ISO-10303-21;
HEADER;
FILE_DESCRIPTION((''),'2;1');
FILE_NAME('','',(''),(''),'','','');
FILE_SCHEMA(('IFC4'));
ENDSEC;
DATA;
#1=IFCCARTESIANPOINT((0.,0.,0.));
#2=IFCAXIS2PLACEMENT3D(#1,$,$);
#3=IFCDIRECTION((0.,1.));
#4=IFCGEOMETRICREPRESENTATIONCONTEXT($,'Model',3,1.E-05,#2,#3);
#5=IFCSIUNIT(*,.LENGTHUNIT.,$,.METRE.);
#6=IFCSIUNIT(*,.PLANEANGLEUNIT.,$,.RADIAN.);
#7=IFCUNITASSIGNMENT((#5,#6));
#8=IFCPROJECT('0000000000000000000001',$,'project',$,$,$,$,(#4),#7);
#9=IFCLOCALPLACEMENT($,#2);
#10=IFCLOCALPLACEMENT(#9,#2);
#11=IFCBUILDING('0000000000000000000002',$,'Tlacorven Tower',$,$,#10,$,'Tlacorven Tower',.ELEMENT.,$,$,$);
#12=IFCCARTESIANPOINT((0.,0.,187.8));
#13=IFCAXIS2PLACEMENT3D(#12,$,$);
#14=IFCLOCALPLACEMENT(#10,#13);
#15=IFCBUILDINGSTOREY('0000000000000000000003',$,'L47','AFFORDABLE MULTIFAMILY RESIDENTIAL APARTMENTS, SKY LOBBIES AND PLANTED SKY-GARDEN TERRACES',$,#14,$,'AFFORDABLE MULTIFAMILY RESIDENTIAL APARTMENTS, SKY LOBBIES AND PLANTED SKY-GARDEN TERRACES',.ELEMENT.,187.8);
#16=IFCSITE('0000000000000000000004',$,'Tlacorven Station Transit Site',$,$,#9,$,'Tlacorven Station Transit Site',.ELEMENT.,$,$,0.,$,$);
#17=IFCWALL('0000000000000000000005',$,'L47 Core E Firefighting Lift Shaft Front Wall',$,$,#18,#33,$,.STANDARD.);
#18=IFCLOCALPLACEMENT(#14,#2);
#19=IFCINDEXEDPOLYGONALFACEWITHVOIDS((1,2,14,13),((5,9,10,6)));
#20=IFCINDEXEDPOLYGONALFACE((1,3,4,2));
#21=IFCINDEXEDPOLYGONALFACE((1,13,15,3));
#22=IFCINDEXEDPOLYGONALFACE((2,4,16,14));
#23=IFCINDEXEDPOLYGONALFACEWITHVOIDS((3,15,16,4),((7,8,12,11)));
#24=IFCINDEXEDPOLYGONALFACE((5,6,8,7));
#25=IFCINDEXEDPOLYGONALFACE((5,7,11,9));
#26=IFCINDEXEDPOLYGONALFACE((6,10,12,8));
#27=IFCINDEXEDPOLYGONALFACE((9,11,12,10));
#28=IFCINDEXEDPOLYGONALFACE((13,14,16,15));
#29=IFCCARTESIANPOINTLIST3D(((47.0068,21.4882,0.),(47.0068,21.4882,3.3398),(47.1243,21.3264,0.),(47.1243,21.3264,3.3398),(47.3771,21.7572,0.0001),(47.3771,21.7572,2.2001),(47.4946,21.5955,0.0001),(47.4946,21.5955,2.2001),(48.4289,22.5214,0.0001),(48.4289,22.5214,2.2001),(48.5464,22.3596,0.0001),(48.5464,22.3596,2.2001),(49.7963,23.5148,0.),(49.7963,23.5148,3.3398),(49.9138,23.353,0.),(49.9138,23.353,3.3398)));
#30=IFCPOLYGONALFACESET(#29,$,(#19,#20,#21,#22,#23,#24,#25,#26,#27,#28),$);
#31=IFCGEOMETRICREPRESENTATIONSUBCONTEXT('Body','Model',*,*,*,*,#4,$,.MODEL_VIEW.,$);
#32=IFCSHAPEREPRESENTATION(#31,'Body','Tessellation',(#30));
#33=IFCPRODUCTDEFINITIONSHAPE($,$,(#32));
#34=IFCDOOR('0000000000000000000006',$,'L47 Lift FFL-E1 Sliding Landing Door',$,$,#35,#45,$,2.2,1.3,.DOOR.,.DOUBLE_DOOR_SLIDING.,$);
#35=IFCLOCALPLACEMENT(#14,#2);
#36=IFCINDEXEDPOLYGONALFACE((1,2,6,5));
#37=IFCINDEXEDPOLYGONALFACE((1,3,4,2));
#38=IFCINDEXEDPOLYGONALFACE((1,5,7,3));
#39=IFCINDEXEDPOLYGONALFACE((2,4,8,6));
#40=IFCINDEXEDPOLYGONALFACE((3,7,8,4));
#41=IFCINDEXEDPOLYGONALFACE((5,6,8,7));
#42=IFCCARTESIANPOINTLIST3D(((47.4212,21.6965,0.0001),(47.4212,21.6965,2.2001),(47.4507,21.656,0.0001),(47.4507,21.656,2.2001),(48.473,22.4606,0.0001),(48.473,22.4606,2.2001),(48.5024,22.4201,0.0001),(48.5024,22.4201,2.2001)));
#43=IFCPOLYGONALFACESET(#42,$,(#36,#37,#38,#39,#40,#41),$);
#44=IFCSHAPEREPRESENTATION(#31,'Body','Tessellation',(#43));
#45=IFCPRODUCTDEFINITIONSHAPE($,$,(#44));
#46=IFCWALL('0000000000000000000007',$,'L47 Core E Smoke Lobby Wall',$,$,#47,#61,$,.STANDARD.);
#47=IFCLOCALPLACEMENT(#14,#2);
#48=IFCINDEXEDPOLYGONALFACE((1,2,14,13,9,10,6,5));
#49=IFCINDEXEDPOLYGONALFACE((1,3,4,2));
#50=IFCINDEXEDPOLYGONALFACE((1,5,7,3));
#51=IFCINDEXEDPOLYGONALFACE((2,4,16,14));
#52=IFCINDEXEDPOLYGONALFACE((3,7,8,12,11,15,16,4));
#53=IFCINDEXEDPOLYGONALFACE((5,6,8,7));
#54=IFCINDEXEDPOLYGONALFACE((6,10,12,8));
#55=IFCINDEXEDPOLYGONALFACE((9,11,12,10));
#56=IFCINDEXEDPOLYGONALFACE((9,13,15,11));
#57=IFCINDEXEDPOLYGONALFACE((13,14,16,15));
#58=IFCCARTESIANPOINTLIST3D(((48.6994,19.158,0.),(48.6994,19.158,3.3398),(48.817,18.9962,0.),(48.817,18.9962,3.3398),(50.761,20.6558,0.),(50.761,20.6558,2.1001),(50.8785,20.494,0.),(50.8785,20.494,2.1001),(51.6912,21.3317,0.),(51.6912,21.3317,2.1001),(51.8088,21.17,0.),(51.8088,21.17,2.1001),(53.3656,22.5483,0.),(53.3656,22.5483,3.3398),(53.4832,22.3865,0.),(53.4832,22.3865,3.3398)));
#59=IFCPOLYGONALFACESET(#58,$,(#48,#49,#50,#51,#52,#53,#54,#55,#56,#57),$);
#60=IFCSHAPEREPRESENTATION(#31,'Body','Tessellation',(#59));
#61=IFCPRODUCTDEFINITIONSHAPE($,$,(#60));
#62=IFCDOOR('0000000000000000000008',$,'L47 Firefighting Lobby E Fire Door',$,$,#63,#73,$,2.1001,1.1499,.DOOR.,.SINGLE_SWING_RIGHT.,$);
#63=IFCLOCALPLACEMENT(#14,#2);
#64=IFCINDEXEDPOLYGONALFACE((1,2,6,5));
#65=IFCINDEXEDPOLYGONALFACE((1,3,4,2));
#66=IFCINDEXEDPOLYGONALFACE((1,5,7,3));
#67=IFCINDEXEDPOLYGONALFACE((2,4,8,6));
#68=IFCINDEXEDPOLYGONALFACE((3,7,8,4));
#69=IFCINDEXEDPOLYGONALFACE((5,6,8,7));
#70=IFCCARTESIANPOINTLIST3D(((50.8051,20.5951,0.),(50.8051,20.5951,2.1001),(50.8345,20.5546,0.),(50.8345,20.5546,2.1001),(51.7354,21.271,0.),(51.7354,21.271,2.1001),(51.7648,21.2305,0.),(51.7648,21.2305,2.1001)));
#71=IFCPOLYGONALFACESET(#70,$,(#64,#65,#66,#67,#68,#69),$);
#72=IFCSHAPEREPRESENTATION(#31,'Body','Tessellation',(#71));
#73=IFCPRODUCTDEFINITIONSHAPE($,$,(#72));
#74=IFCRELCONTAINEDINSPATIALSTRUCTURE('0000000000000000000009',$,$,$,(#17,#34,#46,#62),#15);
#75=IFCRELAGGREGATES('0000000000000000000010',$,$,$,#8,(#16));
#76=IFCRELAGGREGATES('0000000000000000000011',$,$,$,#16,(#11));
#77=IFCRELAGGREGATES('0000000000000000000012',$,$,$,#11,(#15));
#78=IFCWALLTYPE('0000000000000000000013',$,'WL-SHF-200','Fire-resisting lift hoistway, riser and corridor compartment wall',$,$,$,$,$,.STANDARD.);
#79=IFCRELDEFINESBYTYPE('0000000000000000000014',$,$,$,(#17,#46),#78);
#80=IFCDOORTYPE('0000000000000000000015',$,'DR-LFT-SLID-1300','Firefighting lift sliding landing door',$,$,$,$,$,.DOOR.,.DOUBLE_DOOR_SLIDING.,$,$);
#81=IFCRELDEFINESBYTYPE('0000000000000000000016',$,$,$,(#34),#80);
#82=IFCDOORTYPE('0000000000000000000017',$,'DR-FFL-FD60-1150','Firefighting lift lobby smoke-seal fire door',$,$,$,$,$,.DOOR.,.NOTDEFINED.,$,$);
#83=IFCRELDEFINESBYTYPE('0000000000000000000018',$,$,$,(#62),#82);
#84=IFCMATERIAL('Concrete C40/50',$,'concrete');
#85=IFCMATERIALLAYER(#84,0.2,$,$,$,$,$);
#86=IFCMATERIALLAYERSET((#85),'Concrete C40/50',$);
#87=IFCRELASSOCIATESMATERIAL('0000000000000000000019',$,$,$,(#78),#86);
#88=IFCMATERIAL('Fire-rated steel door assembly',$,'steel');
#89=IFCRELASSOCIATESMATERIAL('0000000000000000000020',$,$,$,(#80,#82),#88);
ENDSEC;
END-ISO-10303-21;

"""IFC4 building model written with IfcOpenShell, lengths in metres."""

from ifc_helpers import new_model, si_unit, direction, frame, frame_2d, origin, place, context, subcontext, project, spatial, rectangle, extrude, source, transform, mapped, material, layer, layer_set, type_object, element, fill, save


model = new_model("IFC4")

# Units and contexts
model_context = context("Model", 3, precision=1e-05, world=origin(), true_north=direction((0.0, 1.0)))
body_context = subcontext(model_context, "Body", "Model", "MODEL_VIEW")
ifc_project = project(units=[si_unit("LENGTHUNIT", "METRE"), si_unit("PLANEANGLEUNIT", "RADIAN")], contexts=[model_context])

# Site, building, storey
site_placement = place(None, origin())
site = spatial("IfcSite", under=ifc_project, at=site_placement, Name="Tlacorven Station Transit Site", LongName="Tlacorven Station Transit Site", CompositionType="ELEMENT", RefElevation=0.0)
building_placement = place(site_placement, origin())
building = spatial("IfcBuilding", under=site, at=building_placement, Name="Tlacorven Tower", LongName="Tlacorven Tower", CompositionType="ELEMENT")
storey_placement = place(building_placement, frame((0.0, 0.0, 187.8)))
storey = spatial("IfcBuildingStorey", under=building, at=storey_placement, Name="L47", Description="AFFORDABLE MULTIFAMILY RESIDENTIAL APARTMENTS, SKY LOBBIES AND PLANTED SKY-GARDEN TERRACES", LongName="AFFORDABLE MULTIFAMILY RESIDENTIAL APARTMENTS, SKY LOBBIES AND PLANTED SKY-GARDEN TERRACES", CompositionType="ELEMENT", Elevation=187.8)

# Walls, openings, doors
ifc_material_1 = material(Name="Concrete C40/50", Category="concrete")
ifc_layer_1 = layer(ifc_material_1, 0.2)
ifc_layer_set_1 = layer_set([ifc_layer_1], Name="Concrete C40/50")
wall_type_1 = type_object("IfcWallType", Name="WL-SHF-200", Description="Fire-resisting lift hoistway, riser and corridor compartment wall", PredefinedType="STANDARD", material=ifc_layer_set_1)
wall_1_placement = place(storey_placement, frame((47.0654, 21.4072, 0.0), z_axis=(0.0, 0.0, 1.0), x_axis=(0.809033, 0.587763, 0.0)))
wall_1 = element("IfcWall", 1, at=wall_1_placement, inside=storey, type_object=wall_type_1, Name="L47 Core E Firefighting Lift Shaft Front Wall", PredefinedType="STANDARD", context=body_context, shape_type="SweptSolid", body=[
    extrude(rectangle(XDim=3.448, YDim=0.2, at=frame_2d((1.7241, 0.0))), origin(), (0.0, 0.0, 1.0), 3.3398),
])
opening_1_placement = place(wall_1_placement, frame((0.458, 0.0, 0.0)))
opening_1 = element("IfcOpeningElement", 2, at=opening_1_placement, cuts=wall_1, PredefinedType="OPENING", context=body_context, shape_type="SweptSolid", body=[
    extrude(rectangle(XDim=1.3, YDim=2.2, at=frame_2d((0.6499, 1.1001))), frame((0.0, 0.1099, 0.0), z_axis=(0.0, -1.0, 0.0), x_axis=(1.0, 0.0, 0.0)), (0.0, 0.0, 1.0), 0.22),
])
ifc_material_2 = material(Name="Fire-rated steel door assembly", Category="steel")
door_type_1 = type_object("IfcDoorType", Name="DR-LFT-SLID-1300", Description="Firefighting lift sliding landing door", OperationType="DOUBLE_DOOR_SLIDING", PredefinedType="DOOR", material=ifc_material_2)
shared_shape_1 = source(origin(), body_context, "Body", "SweptSolid", [
    extrude(rectangle(XDim=1.3, YDim=2.2, at=frame_2d((0.6499, 1.1001))), frame((0.0, 0.0249, 0.0), z_axis=(0.0, -1.0, 0.0), x_axis=(1.0, 0.0, 0.0)), (0.0, 0.0, 1.0), 0.05),
])
door_1_placement = place(opening_1_placement, origin())
door_1 = element("IfcDoor", 3, at=door_1_placement, inside=storey, type_object=door_type_1, Name="L47 Lift FFL-E1 Sliding Landing Door", OperationType="DOUBLE_DOOR_SLIDING", OverallHeight=2.2, OverallWidth=1.3, PredefinedType="DOOR", context=body_context, shape_type="MappedRepresentation", body=[
    mapped(shared_shape_1, transform((0.0, 0.0, 0.0), scale=1.0)),
])
fill(opening_1, door_1)
wall_2_placement = place(storey_placement, frame((48.7583, 19.0771, 0.0), z_axis=(0.0, 0.0, 1.0), x_axis=(0.809005, 0.587802, 0.0)))
wall_2 = element("IfcWall", 4, at=wall_2_placement, inside=storey, type_object=wall_type_1, Name="L47 Core E Smoke Lobby Wall", PredefinedType="STANDARD", context=body_context, shape_type="SweptSolid", body=[
    extrude(rectangle(XDim=5.7678, YDim=0.2, at=frame_2d((2.8838, 0.0))), origin(), (0.0, 0.0, 1.0), 3.3398),
])
opening_2_placement = place(wall_2_placement, frame((2.5481, 0.0, 0.0)))
opening_2 = element("IfcOpeningElement", 5, at=opening_2_placement, cuts=wall_2, PredefinedType="OPENING", context=body_context, shape_type="SweptSolid", body=[
    extrude(rectangle(XDim=1.1499, YDim=2.1001, at=frame_2d((0.575, 1.05))), frame((0.0, 0.1099, 0.0), z_axis=(0.0, -1.0, 0.0), x_axis=(1.0, 0.0, 0.0)), (0.0, 0.0, 1.0), 0.22),
])
door_type_2 = type_object("IfcDoorType", Name="DR-FFL-FD60-1150", Description="Firefighting lift lobby smoke-seal fire door", OperationType="NOTDEFINED", PredefinedType="DOOR", material=ifc_material_2)
shared_shape_2 = source(origin(), body_context, "Body", "SweptSolid", [
    extrude(rectangle(XDim=1.1499, YDim=2.1001, at=frame_2d((0.575, 1.05))), frame((0.0, 0.0249, 0.0), z_axis=(0.0, -1.0, 0.0), x_axis=(1.0, 0.0, 0.0)), (0.0, 0.0, 1.0), 0.05),
])
door_2_placement = place(opening_2_placement, origin())
door_2 = element("IfcDoor", 6, at=door_2_placement, inside=storey, type_object=door_type_2, Name="L47 Firefighting Lobby E Fire Door", OperationType="SINGLE_SWING_RIGHT", OverallHeight=2.1001, OverallWidth=1.1499, PredefinedType="DOOR", context=body_context, shape_type="MappedRepresentation", body=[
    mapped(shared_shape_2, transform((0.0, 0.0, 0.0), scale=1.0)),
])
fill(opening_2, door_2)

save(model, "model.ifc")
